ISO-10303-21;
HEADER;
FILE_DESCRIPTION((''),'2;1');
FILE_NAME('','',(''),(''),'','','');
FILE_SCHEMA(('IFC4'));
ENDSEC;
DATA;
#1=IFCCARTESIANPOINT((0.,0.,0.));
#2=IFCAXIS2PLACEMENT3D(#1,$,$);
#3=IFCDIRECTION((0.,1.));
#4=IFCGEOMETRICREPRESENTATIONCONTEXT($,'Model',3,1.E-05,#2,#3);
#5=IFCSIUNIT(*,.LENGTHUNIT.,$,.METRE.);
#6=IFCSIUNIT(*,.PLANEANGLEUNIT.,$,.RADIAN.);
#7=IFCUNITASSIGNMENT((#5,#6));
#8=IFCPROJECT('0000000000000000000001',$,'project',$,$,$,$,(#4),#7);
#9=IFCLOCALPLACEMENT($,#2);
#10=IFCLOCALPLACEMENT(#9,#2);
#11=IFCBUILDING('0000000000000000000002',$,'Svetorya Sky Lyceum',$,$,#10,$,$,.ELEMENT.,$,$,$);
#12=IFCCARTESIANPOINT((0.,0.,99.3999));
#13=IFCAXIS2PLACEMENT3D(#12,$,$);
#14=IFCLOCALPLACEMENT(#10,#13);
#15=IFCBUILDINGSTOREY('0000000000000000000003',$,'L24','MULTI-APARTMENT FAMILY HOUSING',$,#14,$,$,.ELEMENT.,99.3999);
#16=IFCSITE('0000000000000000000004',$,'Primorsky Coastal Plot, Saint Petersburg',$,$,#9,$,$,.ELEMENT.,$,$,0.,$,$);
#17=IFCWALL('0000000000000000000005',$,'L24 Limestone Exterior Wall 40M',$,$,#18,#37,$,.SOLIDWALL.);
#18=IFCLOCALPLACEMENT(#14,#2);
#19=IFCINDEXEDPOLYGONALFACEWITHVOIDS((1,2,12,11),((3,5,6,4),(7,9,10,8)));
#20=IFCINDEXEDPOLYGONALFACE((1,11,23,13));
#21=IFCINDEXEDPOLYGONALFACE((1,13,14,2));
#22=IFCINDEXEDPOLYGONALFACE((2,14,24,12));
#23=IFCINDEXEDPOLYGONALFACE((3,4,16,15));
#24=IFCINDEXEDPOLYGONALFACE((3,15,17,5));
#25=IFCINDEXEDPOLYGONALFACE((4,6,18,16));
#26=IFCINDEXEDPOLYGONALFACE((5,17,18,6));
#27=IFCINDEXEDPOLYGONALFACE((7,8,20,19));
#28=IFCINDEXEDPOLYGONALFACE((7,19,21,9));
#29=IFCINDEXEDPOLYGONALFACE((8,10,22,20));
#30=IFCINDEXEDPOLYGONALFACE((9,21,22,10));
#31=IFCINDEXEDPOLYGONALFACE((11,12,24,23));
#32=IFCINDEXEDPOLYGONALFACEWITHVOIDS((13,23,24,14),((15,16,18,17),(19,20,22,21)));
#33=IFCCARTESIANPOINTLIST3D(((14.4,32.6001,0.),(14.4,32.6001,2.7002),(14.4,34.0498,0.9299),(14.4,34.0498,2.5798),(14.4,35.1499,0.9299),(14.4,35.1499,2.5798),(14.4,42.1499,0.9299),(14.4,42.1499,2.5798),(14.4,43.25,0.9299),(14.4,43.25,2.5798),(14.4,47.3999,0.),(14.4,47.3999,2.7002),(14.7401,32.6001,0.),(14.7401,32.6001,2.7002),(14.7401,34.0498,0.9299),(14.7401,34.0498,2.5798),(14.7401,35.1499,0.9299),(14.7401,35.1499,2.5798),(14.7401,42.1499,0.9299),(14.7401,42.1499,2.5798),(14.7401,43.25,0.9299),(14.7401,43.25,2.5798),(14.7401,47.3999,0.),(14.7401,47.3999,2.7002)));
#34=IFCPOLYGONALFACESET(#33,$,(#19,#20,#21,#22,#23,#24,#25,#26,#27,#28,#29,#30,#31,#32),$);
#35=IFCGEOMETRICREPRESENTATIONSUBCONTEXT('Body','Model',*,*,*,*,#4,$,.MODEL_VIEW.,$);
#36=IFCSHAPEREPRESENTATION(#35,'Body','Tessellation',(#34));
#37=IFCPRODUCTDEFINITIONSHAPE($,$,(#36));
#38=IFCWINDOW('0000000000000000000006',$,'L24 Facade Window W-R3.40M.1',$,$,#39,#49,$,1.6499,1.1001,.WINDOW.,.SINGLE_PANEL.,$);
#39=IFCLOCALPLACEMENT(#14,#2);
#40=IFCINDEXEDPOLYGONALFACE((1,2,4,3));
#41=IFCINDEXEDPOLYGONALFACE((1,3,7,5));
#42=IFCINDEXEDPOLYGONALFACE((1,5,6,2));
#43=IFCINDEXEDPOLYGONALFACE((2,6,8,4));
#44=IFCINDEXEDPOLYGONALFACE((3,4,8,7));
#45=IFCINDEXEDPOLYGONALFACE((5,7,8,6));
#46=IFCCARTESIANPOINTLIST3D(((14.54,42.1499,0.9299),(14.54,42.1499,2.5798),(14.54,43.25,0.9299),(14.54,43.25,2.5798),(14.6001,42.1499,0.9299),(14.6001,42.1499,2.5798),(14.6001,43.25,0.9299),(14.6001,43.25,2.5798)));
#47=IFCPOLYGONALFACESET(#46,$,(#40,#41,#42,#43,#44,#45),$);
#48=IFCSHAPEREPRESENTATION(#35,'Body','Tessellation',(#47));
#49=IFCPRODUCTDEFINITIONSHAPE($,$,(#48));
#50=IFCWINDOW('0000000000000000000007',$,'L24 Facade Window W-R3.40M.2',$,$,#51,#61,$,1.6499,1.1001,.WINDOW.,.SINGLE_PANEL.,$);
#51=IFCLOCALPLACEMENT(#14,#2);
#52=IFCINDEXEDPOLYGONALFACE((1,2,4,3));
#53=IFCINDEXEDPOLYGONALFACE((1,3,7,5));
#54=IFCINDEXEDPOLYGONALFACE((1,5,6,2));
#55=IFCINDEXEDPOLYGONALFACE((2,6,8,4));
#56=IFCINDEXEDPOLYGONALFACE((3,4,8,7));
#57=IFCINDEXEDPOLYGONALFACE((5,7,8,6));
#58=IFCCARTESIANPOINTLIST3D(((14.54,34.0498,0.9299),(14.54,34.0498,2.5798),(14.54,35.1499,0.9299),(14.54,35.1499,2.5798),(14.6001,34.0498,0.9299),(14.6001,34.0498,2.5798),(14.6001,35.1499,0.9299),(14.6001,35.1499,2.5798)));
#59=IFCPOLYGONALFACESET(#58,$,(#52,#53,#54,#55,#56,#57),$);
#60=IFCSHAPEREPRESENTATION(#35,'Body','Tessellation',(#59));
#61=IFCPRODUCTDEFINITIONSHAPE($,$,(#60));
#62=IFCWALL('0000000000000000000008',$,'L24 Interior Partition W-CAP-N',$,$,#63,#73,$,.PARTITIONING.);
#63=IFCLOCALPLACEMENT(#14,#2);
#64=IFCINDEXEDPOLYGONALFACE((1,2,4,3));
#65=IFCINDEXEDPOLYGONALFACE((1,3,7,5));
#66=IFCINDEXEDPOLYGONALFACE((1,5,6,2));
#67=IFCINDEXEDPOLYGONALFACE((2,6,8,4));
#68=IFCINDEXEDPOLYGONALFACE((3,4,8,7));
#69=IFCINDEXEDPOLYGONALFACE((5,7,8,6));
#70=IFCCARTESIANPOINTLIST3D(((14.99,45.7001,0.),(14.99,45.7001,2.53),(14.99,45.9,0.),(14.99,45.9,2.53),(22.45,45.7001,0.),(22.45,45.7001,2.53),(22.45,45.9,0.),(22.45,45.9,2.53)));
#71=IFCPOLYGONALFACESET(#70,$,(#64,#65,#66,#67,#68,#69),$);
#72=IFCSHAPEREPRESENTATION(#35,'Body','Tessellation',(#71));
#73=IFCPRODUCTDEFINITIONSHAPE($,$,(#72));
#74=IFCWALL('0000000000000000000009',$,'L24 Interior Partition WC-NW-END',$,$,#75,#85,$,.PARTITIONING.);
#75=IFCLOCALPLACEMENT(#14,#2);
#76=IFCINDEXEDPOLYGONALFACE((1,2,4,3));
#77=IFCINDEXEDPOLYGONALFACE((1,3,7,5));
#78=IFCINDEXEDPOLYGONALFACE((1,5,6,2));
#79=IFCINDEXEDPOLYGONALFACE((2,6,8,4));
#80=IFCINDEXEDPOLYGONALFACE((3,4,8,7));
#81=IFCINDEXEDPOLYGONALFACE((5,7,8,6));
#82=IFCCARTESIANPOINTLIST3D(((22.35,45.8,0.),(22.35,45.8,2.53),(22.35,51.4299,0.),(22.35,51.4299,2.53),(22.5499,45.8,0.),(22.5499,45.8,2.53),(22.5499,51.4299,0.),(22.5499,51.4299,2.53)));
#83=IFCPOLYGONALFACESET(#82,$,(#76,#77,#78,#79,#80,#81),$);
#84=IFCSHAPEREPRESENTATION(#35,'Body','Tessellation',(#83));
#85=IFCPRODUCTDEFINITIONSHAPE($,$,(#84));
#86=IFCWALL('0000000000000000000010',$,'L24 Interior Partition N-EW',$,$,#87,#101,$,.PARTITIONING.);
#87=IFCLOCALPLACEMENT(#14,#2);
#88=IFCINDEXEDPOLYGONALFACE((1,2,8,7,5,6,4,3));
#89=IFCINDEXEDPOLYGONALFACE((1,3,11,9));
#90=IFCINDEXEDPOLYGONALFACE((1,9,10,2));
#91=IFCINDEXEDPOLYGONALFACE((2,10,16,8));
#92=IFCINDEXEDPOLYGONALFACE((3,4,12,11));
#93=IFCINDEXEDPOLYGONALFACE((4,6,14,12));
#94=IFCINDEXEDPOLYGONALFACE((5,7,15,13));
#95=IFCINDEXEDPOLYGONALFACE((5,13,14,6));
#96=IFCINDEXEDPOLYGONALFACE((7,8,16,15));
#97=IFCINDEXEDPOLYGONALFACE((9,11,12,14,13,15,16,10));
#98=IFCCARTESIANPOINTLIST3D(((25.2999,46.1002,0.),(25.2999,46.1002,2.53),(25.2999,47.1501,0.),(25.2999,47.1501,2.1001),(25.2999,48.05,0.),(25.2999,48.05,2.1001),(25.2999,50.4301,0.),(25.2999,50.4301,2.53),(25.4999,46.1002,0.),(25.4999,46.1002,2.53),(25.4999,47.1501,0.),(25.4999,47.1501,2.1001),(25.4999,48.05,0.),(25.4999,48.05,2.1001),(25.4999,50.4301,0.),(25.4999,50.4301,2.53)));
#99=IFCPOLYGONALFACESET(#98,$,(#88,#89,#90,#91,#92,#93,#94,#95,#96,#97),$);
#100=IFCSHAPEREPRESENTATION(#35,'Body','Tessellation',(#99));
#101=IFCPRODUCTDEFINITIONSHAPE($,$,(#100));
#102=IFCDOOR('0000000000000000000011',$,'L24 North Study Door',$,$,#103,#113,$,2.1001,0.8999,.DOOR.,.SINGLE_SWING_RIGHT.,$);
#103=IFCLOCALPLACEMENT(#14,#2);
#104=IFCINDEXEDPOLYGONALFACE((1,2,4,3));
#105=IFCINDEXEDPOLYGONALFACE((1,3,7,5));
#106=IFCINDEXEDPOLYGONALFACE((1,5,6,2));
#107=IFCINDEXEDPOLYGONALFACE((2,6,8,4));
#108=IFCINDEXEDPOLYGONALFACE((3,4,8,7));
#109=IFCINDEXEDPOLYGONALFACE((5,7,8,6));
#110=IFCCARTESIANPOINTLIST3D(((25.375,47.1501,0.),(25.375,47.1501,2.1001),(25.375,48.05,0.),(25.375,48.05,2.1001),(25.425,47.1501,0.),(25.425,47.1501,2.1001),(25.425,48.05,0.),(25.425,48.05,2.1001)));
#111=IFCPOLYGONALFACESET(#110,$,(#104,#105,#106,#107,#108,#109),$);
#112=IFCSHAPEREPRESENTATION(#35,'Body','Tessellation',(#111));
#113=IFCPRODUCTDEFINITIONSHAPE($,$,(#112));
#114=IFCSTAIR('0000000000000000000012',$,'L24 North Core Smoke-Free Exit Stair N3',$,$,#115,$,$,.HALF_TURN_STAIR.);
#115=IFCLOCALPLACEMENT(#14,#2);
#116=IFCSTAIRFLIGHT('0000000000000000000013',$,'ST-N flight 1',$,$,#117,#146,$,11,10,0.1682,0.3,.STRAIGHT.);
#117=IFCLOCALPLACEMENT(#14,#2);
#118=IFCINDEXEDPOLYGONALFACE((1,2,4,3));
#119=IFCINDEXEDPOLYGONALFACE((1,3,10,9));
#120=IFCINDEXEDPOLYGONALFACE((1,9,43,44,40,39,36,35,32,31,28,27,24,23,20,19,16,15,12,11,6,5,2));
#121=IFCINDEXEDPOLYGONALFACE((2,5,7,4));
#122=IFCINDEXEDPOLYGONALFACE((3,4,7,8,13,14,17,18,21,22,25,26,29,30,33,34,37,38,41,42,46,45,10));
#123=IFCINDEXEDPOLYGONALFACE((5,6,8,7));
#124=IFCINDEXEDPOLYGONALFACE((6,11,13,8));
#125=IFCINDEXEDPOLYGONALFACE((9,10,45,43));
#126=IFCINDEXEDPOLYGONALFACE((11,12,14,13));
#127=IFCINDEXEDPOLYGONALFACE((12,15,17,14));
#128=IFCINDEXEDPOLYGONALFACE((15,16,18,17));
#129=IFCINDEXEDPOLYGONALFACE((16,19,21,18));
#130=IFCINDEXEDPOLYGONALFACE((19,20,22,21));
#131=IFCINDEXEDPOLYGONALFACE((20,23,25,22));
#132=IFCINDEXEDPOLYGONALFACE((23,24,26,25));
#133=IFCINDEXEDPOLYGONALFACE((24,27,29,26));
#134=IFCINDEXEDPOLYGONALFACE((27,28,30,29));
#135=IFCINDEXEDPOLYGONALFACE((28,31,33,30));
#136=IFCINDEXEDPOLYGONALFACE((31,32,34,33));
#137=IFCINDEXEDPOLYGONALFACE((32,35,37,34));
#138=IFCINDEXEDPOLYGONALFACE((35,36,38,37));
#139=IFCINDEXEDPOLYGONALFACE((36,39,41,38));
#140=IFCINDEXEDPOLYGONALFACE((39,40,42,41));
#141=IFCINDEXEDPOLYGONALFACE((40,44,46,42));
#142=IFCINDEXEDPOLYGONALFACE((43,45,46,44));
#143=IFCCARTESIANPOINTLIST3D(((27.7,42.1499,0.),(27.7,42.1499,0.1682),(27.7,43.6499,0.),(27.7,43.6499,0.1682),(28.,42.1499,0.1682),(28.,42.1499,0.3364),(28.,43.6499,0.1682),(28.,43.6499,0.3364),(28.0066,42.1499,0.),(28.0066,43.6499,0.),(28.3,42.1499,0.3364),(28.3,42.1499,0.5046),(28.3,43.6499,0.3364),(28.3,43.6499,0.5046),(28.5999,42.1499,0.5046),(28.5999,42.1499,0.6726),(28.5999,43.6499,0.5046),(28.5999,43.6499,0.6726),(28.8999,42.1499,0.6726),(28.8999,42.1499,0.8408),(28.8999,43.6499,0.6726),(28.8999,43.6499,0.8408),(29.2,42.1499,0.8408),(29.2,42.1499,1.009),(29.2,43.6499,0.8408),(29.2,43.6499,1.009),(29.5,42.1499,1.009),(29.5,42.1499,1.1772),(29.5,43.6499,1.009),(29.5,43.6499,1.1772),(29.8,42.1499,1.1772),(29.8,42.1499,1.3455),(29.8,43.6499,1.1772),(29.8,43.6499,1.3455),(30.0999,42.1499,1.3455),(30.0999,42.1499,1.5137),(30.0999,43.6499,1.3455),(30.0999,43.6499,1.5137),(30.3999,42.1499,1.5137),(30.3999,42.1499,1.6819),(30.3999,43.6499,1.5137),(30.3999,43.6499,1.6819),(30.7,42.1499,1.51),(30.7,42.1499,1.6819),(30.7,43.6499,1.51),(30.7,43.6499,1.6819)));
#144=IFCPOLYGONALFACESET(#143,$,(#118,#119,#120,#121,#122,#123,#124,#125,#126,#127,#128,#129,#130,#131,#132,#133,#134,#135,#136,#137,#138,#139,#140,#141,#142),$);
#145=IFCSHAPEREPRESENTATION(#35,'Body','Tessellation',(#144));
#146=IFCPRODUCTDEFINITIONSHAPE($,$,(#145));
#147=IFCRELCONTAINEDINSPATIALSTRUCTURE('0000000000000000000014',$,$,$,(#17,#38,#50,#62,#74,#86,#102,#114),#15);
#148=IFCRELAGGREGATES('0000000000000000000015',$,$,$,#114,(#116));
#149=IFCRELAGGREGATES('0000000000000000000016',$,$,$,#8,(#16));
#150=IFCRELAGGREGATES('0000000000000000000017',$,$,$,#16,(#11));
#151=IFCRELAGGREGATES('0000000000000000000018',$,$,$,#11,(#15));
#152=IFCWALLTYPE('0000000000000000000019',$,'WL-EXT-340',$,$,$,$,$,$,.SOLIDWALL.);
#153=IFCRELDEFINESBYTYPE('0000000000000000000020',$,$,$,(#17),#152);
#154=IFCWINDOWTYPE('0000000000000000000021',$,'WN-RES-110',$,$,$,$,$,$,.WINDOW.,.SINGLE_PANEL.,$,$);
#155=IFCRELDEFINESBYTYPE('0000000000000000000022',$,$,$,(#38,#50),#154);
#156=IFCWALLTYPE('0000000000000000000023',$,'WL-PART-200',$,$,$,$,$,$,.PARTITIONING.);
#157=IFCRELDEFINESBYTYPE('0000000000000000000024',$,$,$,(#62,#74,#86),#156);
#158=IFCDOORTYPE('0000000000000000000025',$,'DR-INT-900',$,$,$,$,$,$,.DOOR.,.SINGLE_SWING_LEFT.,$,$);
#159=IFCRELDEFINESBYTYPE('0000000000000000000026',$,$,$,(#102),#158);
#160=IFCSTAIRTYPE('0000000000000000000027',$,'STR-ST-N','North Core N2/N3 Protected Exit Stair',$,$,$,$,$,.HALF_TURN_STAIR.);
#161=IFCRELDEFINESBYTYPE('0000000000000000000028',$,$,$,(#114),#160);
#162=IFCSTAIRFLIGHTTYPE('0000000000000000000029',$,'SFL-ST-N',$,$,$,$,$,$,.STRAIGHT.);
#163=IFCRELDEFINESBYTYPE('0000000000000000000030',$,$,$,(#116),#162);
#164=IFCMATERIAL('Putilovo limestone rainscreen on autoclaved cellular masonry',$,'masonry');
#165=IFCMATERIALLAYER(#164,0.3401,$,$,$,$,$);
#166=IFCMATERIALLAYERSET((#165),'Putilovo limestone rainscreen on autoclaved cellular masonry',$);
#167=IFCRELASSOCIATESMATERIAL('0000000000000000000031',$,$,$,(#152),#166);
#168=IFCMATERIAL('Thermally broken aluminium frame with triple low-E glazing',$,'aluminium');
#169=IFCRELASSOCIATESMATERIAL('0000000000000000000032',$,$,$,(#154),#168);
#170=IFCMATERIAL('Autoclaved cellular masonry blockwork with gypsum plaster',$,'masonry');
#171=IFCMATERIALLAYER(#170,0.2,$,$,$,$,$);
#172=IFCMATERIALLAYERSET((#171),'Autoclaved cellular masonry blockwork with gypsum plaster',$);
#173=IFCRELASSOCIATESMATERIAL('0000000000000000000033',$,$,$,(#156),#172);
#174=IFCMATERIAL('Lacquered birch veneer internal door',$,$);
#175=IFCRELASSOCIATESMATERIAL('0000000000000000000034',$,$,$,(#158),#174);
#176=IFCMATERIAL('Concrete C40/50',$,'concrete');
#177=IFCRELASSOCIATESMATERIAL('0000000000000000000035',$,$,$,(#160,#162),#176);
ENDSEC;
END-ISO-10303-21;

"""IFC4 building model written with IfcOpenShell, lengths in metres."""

from ifc_helpers import new_model, si_unit, direction, frame, frame_2d, origin, place, context, subcontext, project, spatial, polyline, rectangle, outline, extrude, material, layer, layer_set, type_object, element, fill, aggregate, save


model = new_model("IFC4")

# Units and contexts
model_context = context("Model", 3, precision=1e-05, world=origin(), true_north=direction((0.0, 1.0)))
body_context = subcontext(model_context, "Body", "Model", "MODEL_VIEW")
ifc_project = project(units=[si_unit("LENGTHUNIT", "METRE"), si_unit("PLANEANGLEUNIT", "RADIAN")], contexts=[model_context])

# Site, building, storey
site_placement = place(None, origin())
site = spatial("IfcSite", under=ifc_project, at=site_placement, Name="Primorsky Coastal Plot, Saint Petersburg", CompositionType="ELEMENT", RefElevation=0.0)
building_placement = place(site_placement, origin())
building = spatial("IfcBuilding", under=site, at=building_placement, Name="Svetorya Sky Lyceum", CompositionType="ELEMENT")
storey_placement = place(building_placement, frame((0.0, 0.0, 99.3999)))
storey = spatial("IfcBuildingStorey", under=building, at=storey_placement, Name="L24", Description="MULTI-APARTMENT FAMILY HOUSING", CompositionType="ELEMENT", Elevation=99.3999)

# Shared definitions
ifc_material_1 = material(Name="Putilovo limestone rainscreen on autoclaved cellular masonry", Category="masonry")
ifc_layer_1 = layer(ifc_material_1, 0.3401)
ifc_layer_set_1 = layer_set([ifc_layer_1], Name="Putilovo limestone rainscreen on autoclaved cellular masonry")
wall_type_1 = type_object("IfcWallType", Name="WL-EXT-340", PredefinedType="SOLIDWALL", material=ifc_layer_set_1)

# Wall, openings, windows
wall_1_placement = place(storey_placement, frame((14.5701, 47.3999, 0.0), z_axis=(0.0, 0.0, 1.0), x_axis=(0.0, -1.0, 0.0)))
wall_1 = element("IfcWall", 1, at=wall_1_placement, inside=storey, type_object=wall_type_1, Name="L24 Limestone Exterior Wall 40M", PredefinedType="SOLIDWALL", context=body_context, shape_type="SweptSolid", body=[
    extrude(rectangle(XDim=14.7998, YDim=0.3401, at=frame_2d((7.3999, 0.0))), origin(), (0.0, 0.0, 1.0), 2.7002),
])
opening_1_placement = place(wall_1_placement, frame((4.1499, 0.0, 0.9299)))
opening_1 = element("IfcOpeningElement", 2, at=opening_1_placement, cuts=wall_1, PredefinedType="OPENING", context=body_context, shape_type="SweptSolid", body=[
    extrude(rectangle(XDim=1.1001, YDim=1.6499, at=frame_2d((0.55, 0.825))), frame((0.0, 0.1799, 0.0), z_axis=(0.0, -1.0, 0.0), x_axis=(1.0, 0.0, 0.0)), (0.0, 0.0, 1.0), 0.3601),
])
opening_2_placement = place(wall_1_placement, frame((12.25, 0.0, 0.9299)))
opening_2 = element("IfcOpeningElement", 3, at=opening_2_placement, cuts=wall_1, PredefinedType="OPENING", context=body_context, shape_type="SweptSolid", body=[
    extrude(rectangle(XDim=1.1001, YDim=1.6499, at=frame_2d((0.55, 0.825))), frame((0.0, 0.1799, 0.0), z_axis=(0.0, -1.0, 0.0), x_axis=(1.0, 0.0, 0.0)), (0.0, 0.0, 1.0), 0.3601),
])
ifc_material_2 = material(Name="Thermally broken aluminium frame with triple low-E glazing", Category="aluminium")
window_type = type_object("IfcWindowType", Name="WN-RES-110", PartitioningType="SINGLE_PANEL", PredefinedType="WINDOW", material=ifc_material_2)
window_1_placement = place(opening_1_placement, origin())
window_1 = element("IfcWindow", 4, at=window_1_placement, inside=storey, type_object=window_type, Name="L24 Facade Window W-R3.40M.1", OverallHeight=1.6499, OverallWidth=1.1001, PartitioningType="SINGLE_PANEL", PredefinedType="WINDOW", context=body_context, shape_type="SweptSolid", body=[
    extrude(rectangle(XDim=1.1001, YDim=1.6499, at=frame_2d((0.55, 0.825))), frame((0.0, 0.03, 0.0), z_axis=(0.0, -1.0, 0.0), x_axis=(1.0, 0.0, 0.0)), (0.0, 0.0, 1.0), 0.0601),
])
fill(opening_1, window_1)
window_2_placement = place(opening_2_placement, origin())
window_2 = element("IfcWindow", 5, at=window_2_placement, inside=storey, type_object=window_type, Name="L24 Facade Window W-R3.40M.2", OverallHeight=1.6499, OverallWidth=1.1001, PartitioningType="SINGLE_PANEL", PredefinedType="WINDOW", context=body_context, shape_type="SweptSolid", body=[
    extrude(rectangle(XDim=1.1001, YDim=1.6499, at=frame_2d((0.55, 0.825))), frame((0.0, 0.03, 0.0), z_axis=(0.0, -1.0, 0.0), x_axis=(1.0, 0.0, 0.0)), (0.0, 0.0, 1.0), 0.0601),
])
fill(opening_2, window_2)

# Walls
ifc_material_3 = material(Name="Autoclaved cellular masonry blockwork with gypsum plaster", Category="masonry")
ifc_layer_2 = layer(ifc_material_3, 0.2)
ifc_layer_set_2 = layer_set([ifc_layer_2], Name="Autoclaved cellular masonry blockwork with gypsum plaster")
wall_type_2 = type_object("IfcWallType", Name="WL-PART-200", PredefinedType="PARTITIONING", material=ifc_layer_set_2)
wall_2_placement = place(storey_placement, frame((14.99, 45.8, 0.0), z_axis=(0.0, 0.0, 1.0), x_axis=(1.0, 0.0, 0.0)))
element("IfcWall", 6, at=wall_2_placement, inside=storey, type_object=wall_type_2, Name="L24 Interior Partition W-CAP-N", PredefinedType="PARTITIONING", context=body_context, shape_type="SweptSolid", body=[
    extrude(rectangle(XDim=7.46, YDim=0.2, at=frame_2d((3.73, 0.0))), origin(), (0.0, 0.0, 1.0), 2.53),
])
wall_3_placement = place(storey_placement, frame((22.45, 45.8, 0.0), z_axis=(0.0, 0.0, 1.0), x_axis=(0.0, 1.0, 0.0)))
element("IfcWall", 7, at=wall_3_placement, inside=storey, type_object=wall_type_2, Name="L24 Interior Partition WC-NW-END", PredefinedType="PARTITIONING", context=body_context, shape_type="SweptSolid", body=[
    extrude(rectangle(XDim=5.6299, YDim=0.2, at=frame_2d((2.8149, 0.0))), origin(), (0.0, 0.0, 1.0), 2.53),
])

# Wall, opening, door
wall_4_placement = place(storey_placement, frame((25.3999, 46.1001, 0.0), z_axis=(0.0, 0.0, 1.0), x_axis=(0.0, 1.0, 0.0)))
wall_4 = element("IfcWall", 8, at=wall_4_placement, inside=storey, type_object=wall_type_2, Name="L24 Interior Partition N-EW", PredefinedType="PARTITIONING", context=body_context, shape_type="SweptSolid", body=[
    extrude(rectangle(XDim=4.3298, YDim=0.2, at=frame_2d((2.165, 0.0))), origin(), (0.0, 0.0, 1.0), 2.53),
])
opening_3_placement = place(wall_4_placement, frame((1.05, 0.0, 0.0)))
opening_3 = element("IfcOpeningElement", 9, at=opening_3_placement, cuts=wall_4, PredefinedType="OPENING", context=body_context, shape_type="SweptSolid", body=[
    extrude(rectangle(XDim=0.8999, YDim=2.1001, at=frame_2d((0.45, 1.05))), frame((0.0, 0.1099, 0.0), z_axis=(0.0, -1.0, 0.0), x_axis=(1.0, 0.0, 0.0)), (0.0, 0.0, 1.0), 0.22),
])
ifc_material_4 = material(Name="Lacquered birch veneer internal door")
door_type = type_object("IfcDoorType", Name="DR-INT-900", OperationType="SINGLE_SWING_LEFT", PredefinedType="DOOR", material=ifc_material_4)
door_placement = place(opening_3_placement, origin())
door = element("IfcDoor", 10, at=door_placement, inside=storey, type_object=door_type, Name="L24 North Study Door", OperationType="SINGLE_SWING_RIGHT", OverallHeight=2.1001, OverallWidth=0.8999, PredefinedType="DOOR", context=body_context, shape_type="SweptSolid", body=[
    extrude(rectangle(XDim=0.8999, YDim=2.1001, at=frame_2d((0.45, 1.05))), frame((0.0, 0.0249, 0.0), z_axis=(0.0, -1.0, 0.0), x_axis=(1.0, 0.0, 0.0)), (0.0, 0.0, 1.0), 0.05),
])
fill(opening_3, door)

# Stair, stair flight
ifc_material_5 = material(Name="Concrete C40/50", Category="concrete")
stair_type = type_object("IfcStairType", Name="STR-ST-N", Description="North Core N2/N3 Protected Exit Stair", PredefinedType="HALF_TURN_STAIR", material=ifc_material_5)
stair_placement = place(storey_placement, origin())
stair = element("IfcStair", 11, at=stair_placement, inside=storey, type_object=stair_type, Name="L24 North Core Smoke-Free Exit Stair N3", PredefinedType="HALF_TURN_STAIR")
stair_flight_type = type_object("IfcStairFlightType", Name="SFL-ST-N", PredefinedType="STRAIGHT", material=ifc_material_5)
stair_flight_placement = place(storey_placement, frame((27.7, 42.8999, 0.0), z_axis=(0.0, 0.0, 1.0), x_axis=(1.0, 0.0, 0.0)))
stair_flight = element("IfcStairFlight", 12, at=stair_flight_placement, type_object=stair_flight_type, Name="ST-N flight 1", NumberOfRisers=11, NumberOfTreads=10, PredefinedType="STRAIGHT", RiserHeight=0.1682, TreadLength=0.3, context=body_context, shape_type="SweptSolid", body=[
    extrude(outline(polyline([(0.0, 0.0), (0.0, 0.1682), (0.3, 0.1682), (0.3, 0.3364), (0.6001, 0.3364), (0.6001, 0.5046), (0.8999, 0.5046), (0.8999, 0.6726), (1.2, 0.6726), (1.2, 0.8408), (1.5, 0.8408), (1.5, 1.009), (1.8, 1.009), (1.8, 1.1772), (2.1001, 1.1772), (2.1001, 1.3455), (2.3999, 1.3455), (2.3999, 1.5137), (2.7, 1.5137), (2.7, 1.6819), (3.0, 1.6819), (3.0, 1.8501), (3.0, 1.51), (0.3066, 0.0), (0.0, 0.0)])), frame((0.0, 0.75, 0.0), z_axis=(0.0, -1.0, 0.0), x_axis=(1.0, 0.0, 0.0)), (0.0, 0.0, 1.0), 1.5),
])
aggregate(stair, [stair_flight])

save(model, "model.ifc")
